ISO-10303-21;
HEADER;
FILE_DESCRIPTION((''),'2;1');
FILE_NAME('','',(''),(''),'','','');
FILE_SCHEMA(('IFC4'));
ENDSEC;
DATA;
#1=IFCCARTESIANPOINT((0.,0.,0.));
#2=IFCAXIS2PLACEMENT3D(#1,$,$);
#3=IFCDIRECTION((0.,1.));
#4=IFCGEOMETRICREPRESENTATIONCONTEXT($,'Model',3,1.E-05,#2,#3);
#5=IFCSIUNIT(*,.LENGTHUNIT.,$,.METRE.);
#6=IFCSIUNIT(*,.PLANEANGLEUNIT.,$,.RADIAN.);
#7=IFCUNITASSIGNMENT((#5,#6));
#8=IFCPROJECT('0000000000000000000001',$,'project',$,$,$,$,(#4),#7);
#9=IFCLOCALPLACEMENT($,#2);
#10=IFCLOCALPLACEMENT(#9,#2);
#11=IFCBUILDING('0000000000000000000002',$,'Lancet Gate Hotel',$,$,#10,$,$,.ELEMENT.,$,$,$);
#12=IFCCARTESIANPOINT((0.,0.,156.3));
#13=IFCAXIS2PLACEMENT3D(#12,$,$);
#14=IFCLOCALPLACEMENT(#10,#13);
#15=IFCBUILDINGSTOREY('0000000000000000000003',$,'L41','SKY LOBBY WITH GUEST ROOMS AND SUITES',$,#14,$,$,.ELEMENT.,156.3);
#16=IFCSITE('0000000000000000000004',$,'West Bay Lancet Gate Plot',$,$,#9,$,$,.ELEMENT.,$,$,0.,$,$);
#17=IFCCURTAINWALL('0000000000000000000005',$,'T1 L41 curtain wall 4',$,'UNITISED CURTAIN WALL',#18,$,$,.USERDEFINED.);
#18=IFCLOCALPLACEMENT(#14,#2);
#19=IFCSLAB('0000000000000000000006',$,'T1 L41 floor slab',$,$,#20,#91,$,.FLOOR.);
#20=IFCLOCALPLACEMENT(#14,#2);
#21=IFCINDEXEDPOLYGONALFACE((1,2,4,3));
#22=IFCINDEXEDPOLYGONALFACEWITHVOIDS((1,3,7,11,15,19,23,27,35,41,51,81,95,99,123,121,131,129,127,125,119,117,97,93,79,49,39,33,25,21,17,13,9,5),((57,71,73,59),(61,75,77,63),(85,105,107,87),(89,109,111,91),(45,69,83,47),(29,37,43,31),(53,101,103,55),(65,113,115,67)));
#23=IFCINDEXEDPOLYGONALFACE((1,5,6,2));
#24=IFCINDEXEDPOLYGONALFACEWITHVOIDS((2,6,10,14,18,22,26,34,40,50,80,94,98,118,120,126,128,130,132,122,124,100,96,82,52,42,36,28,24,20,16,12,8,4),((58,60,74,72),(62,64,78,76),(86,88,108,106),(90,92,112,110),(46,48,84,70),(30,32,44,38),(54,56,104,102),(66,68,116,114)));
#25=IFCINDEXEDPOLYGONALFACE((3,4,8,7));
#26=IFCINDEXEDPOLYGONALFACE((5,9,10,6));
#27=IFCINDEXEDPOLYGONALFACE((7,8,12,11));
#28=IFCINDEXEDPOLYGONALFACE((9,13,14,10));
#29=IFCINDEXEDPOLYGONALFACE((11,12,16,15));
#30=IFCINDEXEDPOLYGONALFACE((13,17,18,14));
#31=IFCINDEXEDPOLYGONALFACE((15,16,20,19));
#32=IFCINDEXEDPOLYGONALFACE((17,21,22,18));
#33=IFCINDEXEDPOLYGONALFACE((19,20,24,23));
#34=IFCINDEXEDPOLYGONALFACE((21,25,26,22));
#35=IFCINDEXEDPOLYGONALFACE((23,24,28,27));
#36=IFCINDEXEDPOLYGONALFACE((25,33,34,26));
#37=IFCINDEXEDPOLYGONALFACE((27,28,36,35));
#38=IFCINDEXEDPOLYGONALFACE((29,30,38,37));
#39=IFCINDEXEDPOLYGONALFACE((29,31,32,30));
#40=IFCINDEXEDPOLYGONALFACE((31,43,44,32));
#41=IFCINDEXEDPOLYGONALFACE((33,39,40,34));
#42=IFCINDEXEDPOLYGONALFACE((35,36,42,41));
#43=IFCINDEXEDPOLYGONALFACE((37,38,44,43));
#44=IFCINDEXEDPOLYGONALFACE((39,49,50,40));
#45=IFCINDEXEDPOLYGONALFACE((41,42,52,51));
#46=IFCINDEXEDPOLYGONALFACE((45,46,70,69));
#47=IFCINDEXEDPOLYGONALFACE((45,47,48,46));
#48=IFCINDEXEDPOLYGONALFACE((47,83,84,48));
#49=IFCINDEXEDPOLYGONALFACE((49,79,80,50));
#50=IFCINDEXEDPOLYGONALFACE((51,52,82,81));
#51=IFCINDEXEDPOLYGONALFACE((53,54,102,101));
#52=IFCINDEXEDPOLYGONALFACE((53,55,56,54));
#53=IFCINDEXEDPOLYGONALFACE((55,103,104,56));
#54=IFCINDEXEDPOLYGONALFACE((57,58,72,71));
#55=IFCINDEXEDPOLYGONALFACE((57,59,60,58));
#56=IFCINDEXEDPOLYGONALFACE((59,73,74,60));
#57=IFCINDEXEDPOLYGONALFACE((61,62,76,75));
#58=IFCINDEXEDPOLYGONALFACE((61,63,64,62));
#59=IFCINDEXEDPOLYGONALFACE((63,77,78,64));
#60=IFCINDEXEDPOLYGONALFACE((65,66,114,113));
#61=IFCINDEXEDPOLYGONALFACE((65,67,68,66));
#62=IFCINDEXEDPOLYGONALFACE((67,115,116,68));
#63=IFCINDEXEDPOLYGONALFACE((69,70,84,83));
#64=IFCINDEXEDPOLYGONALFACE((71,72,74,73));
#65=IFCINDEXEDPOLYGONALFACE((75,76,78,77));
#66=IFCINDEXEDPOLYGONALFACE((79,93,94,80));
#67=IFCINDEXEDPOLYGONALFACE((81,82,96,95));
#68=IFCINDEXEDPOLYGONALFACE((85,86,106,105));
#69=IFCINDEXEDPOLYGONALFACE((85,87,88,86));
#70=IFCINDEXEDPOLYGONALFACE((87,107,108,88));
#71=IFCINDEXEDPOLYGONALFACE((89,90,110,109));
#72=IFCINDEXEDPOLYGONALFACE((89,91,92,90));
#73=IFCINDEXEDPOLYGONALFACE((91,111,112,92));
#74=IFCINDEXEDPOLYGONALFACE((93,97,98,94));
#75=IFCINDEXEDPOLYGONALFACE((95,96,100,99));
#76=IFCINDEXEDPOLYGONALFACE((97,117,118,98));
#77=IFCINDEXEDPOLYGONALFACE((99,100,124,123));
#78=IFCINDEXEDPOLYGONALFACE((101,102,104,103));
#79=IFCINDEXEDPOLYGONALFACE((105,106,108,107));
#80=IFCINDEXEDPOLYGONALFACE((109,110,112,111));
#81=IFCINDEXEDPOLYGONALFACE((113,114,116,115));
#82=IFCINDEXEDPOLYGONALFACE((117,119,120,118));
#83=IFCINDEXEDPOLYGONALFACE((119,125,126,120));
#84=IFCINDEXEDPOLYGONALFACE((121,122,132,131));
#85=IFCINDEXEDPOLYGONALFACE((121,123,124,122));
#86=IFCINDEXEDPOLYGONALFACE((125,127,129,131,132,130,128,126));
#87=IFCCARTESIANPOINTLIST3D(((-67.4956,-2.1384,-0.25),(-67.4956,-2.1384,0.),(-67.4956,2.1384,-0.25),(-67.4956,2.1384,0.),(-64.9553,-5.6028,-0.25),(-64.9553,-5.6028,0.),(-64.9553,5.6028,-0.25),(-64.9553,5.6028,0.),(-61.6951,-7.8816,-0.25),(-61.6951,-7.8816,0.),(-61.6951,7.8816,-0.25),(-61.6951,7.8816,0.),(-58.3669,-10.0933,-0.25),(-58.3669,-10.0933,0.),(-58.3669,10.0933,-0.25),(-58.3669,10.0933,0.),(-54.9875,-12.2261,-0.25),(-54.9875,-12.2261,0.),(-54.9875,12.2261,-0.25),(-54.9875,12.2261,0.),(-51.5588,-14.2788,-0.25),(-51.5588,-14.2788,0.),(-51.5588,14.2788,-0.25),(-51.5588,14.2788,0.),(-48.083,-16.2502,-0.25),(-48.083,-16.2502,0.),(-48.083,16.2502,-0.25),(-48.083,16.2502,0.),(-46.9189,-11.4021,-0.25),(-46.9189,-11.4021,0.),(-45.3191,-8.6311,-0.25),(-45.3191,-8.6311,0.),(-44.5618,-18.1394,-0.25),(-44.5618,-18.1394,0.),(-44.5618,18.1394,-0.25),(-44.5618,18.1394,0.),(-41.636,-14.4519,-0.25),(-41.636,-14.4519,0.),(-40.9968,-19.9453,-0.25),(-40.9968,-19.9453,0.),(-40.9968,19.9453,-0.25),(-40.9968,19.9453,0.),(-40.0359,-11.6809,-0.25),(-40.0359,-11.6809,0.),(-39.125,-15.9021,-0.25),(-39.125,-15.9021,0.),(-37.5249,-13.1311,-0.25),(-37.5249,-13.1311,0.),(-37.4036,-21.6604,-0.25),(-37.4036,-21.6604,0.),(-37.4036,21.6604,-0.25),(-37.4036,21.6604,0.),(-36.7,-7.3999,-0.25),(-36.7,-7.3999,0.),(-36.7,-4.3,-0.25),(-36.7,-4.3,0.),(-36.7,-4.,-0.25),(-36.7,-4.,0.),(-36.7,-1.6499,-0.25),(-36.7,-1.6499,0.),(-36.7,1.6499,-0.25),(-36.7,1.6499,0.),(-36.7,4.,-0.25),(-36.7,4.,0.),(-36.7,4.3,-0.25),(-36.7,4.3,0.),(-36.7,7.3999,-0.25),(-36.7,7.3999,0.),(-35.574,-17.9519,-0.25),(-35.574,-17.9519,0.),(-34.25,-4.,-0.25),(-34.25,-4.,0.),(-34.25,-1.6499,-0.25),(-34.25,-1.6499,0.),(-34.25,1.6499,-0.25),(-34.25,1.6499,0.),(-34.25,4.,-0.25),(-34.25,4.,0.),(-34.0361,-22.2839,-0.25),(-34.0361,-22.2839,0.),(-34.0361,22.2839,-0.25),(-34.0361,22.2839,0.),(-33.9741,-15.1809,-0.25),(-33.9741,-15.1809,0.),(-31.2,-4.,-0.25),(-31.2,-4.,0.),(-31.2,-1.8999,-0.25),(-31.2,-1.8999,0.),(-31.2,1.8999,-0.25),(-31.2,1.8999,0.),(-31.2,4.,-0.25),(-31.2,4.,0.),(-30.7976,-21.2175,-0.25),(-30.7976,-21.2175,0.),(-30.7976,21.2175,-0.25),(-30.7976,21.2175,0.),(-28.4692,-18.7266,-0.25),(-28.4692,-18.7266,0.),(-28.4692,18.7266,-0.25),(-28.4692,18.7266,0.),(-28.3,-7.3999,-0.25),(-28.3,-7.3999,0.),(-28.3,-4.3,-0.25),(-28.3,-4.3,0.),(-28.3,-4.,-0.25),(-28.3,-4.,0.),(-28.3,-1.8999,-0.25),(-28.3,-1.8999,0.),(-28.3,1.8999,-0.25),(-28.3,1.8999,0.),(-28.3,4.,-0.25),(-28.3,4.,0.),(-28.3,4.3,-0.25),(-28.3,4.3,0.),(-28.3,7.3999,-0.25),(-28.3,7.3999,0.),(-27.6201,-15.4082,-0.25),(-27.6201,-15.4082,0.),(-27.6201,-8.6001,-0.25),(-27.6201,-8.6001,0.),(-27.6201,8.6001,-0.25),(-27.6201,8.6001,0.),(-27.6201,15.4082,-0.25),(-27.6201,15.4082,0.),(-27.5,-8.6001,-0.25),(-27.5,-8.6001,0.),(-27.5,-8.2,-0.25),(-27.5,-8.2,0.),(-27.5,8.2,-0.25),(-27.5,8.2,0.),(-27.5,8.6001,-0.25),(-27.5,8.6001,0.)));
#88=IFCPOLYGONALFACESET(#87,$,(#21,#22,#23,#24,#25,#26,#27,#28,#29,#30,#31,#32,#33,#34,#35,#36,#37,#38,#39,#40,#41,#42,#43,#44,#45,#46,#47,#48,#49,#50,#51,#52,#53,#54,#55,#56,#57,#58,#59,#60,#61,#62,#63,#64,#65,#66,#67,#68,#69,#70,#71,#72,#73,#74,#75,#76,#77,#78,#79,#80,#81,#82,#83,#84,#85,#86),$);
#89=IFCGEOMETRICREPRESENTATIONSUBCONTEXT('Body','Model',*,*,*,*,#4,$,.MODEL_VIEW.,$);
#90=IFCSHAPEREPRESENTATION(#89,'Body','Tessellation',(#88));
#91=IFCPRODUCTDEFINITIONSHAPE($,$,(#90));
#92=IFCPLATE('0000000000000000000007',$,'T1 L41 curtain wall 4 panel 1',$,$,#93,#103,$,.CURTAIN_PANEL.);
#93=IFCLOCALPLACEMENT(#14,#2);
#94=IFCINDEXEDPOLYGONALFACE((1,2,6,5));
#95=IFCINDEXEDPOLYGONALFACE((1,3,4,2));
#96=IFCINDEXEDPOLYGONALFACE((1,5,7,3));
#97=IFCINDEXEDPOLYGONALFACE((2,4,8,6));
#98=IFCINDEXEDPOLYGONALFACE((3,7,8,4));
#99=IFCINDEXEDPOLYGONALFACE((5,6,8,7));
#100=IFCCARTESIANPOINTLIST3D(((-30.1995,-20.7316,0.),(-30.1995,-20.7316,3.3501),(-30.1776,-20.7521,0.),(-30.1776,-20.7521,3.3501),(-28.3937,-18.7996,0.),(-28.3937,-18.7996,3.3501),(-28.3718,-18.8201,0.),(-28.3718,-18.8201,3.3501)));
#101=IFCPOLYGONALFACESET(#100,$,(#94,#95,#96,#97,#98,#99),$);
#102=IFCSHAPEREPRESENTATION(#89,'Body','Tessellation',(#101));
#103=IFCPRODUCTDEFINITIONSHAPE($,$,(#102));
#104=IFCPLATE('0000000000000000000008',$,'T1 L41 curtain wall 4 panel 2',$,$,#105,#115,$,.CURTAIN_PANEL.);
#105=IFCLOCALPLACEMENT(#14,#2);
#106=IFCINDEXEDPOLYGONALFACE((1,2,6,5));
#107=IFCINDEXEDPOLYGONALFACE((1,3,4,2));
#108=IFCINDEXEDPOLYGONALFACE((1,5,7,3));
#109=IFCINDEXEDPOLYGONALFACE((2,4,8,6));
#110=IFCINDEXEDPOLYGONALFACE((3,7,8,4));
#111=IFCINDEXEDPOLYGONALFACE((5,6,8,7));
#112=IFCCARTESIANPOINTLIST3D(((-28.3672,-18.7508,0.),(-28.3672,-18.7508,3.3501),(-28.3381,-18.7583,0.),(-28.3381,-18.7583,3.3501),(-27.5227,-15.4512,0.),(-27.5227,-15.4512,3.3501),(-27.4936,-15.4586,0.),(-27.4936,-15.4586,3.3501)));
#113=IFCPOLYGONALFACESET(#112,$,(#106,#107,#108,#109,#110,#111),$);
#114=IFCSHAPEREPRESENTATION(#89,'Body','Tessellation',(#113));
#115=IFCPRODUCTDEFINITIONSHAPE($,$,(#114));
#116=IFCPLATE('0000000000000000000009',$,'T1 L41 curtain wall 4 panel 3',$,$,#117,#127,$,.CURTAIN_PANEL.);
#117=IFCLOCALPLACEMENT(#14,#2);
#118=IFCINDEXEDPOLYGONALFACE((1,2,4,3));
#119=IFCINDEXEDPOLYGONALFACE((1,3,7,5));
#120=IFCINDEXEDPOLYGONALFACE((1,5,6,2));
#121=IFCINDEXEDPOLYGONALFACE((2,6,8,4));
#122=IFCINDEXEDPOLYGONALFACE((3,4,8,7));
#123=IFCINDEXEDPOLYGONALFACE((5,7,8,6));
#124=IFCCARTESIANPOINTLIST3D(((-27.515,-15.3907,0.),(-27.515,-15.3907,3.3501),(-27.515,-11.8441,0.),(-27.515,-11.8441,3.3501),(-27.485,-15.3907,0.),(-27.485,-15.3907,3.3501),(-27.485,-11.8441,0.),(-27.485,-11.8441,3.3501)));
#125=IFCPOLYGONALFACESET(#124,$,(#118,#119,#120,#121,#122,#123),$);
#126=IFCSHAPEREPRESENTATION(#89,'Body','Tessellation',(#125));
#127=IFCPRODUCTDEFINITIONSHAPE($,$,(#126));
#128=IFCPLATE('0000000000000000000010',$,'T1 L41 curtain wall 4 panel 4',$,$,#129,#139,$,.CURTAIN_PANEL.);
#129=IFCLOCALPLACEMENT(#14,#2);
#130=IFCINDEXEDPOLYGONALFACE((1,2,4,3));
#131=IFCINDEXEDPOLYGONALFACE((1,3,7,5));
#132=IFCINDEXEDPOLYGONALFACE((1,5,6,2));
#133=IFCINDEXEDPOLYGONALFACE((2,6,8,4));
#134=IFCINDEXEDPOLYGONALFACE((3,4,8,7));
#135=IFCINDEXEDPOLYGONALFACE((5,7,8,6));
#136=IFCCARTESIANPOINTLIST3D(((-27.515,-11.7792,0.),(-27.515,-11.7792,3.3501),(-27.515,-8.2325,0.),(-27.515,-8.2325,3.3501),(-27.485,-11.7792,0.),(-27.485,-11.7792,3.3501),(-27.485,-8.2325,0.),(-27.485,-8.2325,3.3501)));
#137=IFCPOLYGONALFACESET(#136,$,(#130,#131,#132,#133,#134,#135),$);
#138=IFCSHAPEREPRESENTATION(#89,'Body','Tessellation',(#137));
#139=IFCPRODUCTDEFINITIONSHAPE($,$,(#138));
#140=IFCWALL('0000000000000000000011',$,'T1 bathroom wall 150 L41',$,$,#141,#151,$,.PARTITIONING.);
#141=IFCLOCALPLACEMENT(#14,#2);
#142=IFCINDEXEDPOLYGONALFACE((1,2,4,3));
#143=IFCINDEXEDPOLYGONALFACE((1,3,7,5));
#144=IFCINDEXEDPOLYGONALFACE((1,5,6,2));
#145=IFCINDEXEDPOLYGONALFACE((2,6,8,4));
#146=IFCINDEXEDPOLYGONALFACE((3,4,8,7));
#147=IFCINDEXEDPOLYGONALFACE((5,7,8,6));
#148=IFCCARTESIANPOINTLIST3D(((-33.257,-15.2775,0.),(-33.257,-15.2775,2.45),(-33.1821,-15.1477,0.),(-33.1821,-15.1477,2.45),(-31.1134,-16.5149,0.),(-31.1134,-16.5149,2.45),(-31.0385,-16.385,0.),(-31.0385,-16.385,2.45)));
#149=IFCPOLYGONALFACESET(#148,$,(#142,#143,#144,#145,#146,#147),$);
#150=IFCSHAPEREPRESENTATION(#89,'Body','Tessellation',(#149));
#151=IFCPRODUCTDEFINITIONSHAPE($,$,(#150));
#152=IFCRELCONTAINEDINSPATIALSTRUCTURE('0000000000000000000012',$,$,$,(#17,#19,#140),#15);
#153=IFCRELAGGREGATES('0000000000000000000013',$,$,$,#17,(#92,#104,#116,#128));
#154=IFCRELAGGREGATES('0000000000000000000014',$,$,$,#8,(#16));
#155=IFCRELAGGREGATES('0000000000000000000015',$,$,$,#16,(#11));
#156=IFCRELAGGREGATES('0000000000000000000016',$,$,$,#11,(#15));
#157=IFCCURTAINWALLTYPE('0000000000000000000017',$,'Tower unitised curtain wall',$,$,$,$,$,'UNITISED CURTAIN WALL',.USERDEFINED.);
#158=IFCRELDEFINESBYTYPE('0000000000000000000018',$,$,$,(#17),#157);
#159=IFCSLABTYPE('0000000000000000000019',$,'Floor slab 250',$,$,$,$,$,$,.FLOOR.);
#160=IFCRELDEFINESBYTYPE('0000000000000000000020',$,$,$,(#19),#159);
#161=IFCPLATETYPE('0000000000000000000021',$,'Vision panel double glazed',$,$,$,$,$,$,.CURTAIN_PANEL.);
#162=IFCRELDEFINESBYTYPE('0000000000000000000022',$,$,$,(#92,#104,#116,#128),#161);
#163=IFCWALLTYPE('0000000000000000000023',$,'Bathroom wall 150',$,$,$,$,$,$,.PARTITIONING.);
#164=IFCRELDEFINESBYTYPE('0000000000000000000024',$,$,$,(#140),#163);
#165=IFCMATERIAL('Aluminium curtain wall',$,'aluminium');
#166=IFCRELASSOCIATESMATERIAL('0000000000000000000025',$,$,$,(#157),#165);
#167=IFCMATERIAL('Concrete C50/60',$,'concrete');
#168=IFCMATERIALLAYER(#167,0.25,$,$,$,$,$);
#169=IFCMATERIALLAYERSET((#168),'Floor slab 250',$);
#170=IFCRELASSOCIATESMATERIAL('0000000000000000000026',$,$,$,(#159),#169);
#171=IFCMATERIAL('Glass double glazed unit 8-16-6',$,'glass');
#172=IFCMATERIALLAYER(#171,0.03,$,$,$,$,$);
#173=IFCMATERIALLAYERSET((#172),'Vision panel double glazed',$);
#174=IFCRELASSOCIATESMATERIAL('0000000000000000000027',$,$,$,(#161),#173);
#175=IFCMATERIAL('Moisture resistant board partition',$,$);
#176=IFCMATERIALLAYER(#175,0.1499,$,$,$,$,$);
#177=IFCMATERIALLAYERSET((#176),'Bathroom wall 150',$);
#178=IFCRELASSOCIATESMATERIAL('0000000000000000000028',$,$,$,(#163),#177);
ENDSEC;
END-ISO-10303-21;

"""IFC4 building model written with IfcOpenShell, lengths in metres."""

from ifc_helpers import new_model, si_unit, direction, frame, frame_2d, origin, origin_2d, place, context, subcontext, project, spatial, polyline, rectangle, outline, extrude, material, layer, layer_set, type_object, element, aggregate, save


model = new_model("IFC4")

# Units and contexts
model_context = context("Model", 3, precision=1e-05, world=origin(), true_north=direction((0.0, 1.0)))
body_context = subcontext(model_context, "Body", "Model", "MODEL_VIEW")
ifc_project = project(units=[si_unit("LENGTHUNIT", "METRE"), si_unit("PLANEANGLEUNIT", "RADIAN")], contexts=[model_context])

# Site, building, storey
site_placement = place(None, origin())
site = spatial("IfcSite", under=ifc_project, at=site_placement, Name="West Bay Lancet Gate Plot", CompositionType="ELEMENT", RefElevation=0.0)
building_placement = place(site_placement, origin())
building = spatial("IfcBuilding", under=site, at=building_placement, Name="Lancet Gate Hotel", CompositionType="ELEMENT")
storey_placement = place(building_placement, frame((0.0, 0.0, 156.3)))
storey = spatial("IfcBuildingStorey", under=building, at=storey_placement, Name="L41", Description="SKY LOBBY WITH GUEST ROOMS AND SUITES", CompositionType="ELEMENT", Elevation=156.3)

# Curtain wall
ifc_material_1 = material(Name="Aluminium curtain wall", Category="aluminium")
curtain_wall_type = type_object("IfcCurtainWallType", Name="Tower unitised curtain wall", ElementType="UNITISED CURTAIN WALL", PredefinedType="USERDEFINED", material=ifc_material_1)
curtain_wall_placement = place(storey_placement, origin())
curtain_wall = element("IfcCurtainWall", 1, at=curtain_wall_placement, inside=storey, type_object=curtain_wall_type, Name="T1 L41 curtain wall 4", ObjectType="UNITISED CURTAIN WALL", PredefinedType="USERDEFINED")

# Slab
ifc_material_2 = material(Name="Concrete C50/60", Category="concrete")
ifc_layer_1 = layer(ifc_material_2, 0.25)
ifc_layer_set_1 = layer_set([ifc_layer_1], Name="Floor slab 250")
slab_type = type_object("IfcSlabType", Name="Floor slab 250", PredefinedType="FLOOR", material=ifc_layer_set_1)
slab_placement = place(storey_placement, frame((0.0, 0.0, -0.25)))
element("IfcSlab", 2, at=slab_placement, inside=storey, type_object=slab_type, Name="T1 L41 floor slab", PredefinedType="FLOOR", context=body_context, shape_type="SweptSolid", body=[
    extrude(outline(polyline([(-27.5, 8.6001), (-27.6201, 8.6001), (-27.6201, 15.4082), (-28.4692, 18.7266), (-30.7976, 21.2175), (-34.0361, 22.2839), (-37.4036, 21.6604), (-40.9968, 19.9453), (-44.5618, 18.1394), (-48.083, 16.2502), (-51.5588, 14.2788), (-54.9875, 12.2261), (-58.3669, 10.0933), (-61.6951, 7.8816), (-64.9553, 5.6028), (-67.4956, 2.1384), (-67.4956, -2.1384), (-64.9553, -5.6028), (-61.6951, -7.8816), (-58.3669, -10.0933), (-54.9875, -12.2261), (-51.5588, -14.2788), (-48.083, -16.2502), (-44.5618, -18.1394), (-40.9968, -19.9453), (-37.4036, -21.6604), (-34.0361, -22.2839), (-30.7976, -21.2175), (-28.4692, -18.7266), (-27.6201, -15.4082), (-27.6201, -8.6001), (-27.5, -8.6001), (-27.5, -8.2), (-27.5, 8.2), (-27.5, 8.6001)]), holes=[polyline([(-36.7, 7.3999), (-36.7, 4.3), (-28.3, 4.3), (-28.3, 7.3999), (-36.7, 7.3999)]), polyline([(-28.3, 4.0), (-31.2, 4.0), (-31.2, 1.8999), (-28.3, 1.8999), (-28.3, 4.0)]), polyline([(-34.25, 4.0), (-36.7, 4.0), (-36.7, 1.6499), (-34.25, 1.6499), (-34.25, 4.0)]), polyline([(-36.7, -1.6499), (-36.7, -4.0), (-34.25, -4.0), (-34.25, -1.6499), (-36.7, -1.6499)]), polyline([(-28.3, -1.8999), (-31.2, -1.8999), (-31.2, -4.0), (-28.3, -4.0), (-28.3, -1.8999)]), polyline([(-28.3, -4.3), (-36.7, -4.3), (-36.7, -7.3999), (-28.3, -7.3999), (-28.3, -4.3)]), polyline([(-40.0359, -11.6809), (-45.3191, -8.6311), (-46.9189, -11.4021), (-41.636, -14.4519), (-40.0359, -11.6809)]), polyline([(-33.9741, -15.1809), (-37.5249, -13.1311), (-39.125, -15.9021), (-35.574, -17.9519), (-33.9741, -15.1809)])]), origin(), (0.0, 0.0, 1.0), 0.25),
])

# Plates
ifc_material_3 = material(Name="Glass double glazed unit 8-16-6", Category="glass")
ifc_layer_2 = layer(ifc_material_3, 0.03)
ifc_layer_set_2 = layer_set([ifc_layer_2], Name="Vision panel double glazed")
plate_type = type_object("IfcPlateType", Name="Vision panel double glazed", PredefinedType="CURTAIN_PANEL", material=ifc_layer_set_2)
plate_1_placement = place(storey_placement, frame((-29.2856, -19.7759, 0.0), z_axis=(0.0, 0.0, 1.0), x_axis=(0.682845, 0.730563, 0.0)))
plate_1 = element("IfcPlate", 3, at=plate_1_placement, type_object=plate_type, Name="T1 L41 curtain wall 4 panel 1", PredefinedType="CURTAIN_PANEL", context=body_context, shape_type="SweptSolid", body=[
    extrude(rectangle(XDim=2.6445, YDim=0.03, at=origin_2d()), origin(), (0.0, 0.0, 1.0), 3.3501),
])
plate_2_placement = place(storey_placement, frame((-27.9304, -17.1047, 0.0), z_axis=(0.0, 0.0, 1.0), x_axis=(0.247937, 0.968776, 0.0)))
plate_2 = element("IfcPlate", 4, at=plate_2_placement, type_object=plate_type, Name="T1 L41 curtain wall 4 panel 2", PredefinedType="CURTAIN_PANEL", context=body_context, shape_type="SweptSolid", body=[
    extrude(rectangle(XDim=3.406, YDim=0.03, at=origin_2d()), origin(), (0.0, 0.0, 1.0), 3.3501),
])
plate_3_placement = place(storey_placement, frame((-27.5, -13.6174, 0.0), z_axis=(0.0, 0.0, 1.0), x_axis=(0.0, 1.0, 0.0)))
plate_3 = element("IfcPlate", 5, at=plate_3_placement, type_object=plate_type, Name="T1 L41 curtain wall 4 panel 3", PredefinedType="CURTAIN_PANEL", context=body_context, shape_type="SweptSolid", body=[
    extrude(rectangle(XDim=3.5466, YDim=0.03, at=origin_2d()), origin(), (0.0, 0.0, 1.0), 3.3501),
])
plate_4_placement = place(storey_placement, frame((-27.5, -10.0059, 0.0), z_axis=(0.0, 0.0, 1.0), x_axis=(0.0, 1.0, 0.0)))
plate_4 = element("IfcPlate", 6, at=plate_4_placement, type_object=plate_type, Name="T1 L41 curtain wall 4 panel 4", PredefinedType="CURTAIN_PANEL", context=body_context, shape_type="SweptSolid", body=[
    extrude(rectangle(XDim=3.5466, YDim=0.03, at=origin_2d()), origin(), (0.0, 0.0, 1.0), 3.3501),
])
aggregate(curtain_wall, [plate_1, plate_2, plate_3, plate_4])

# Wall
ifc_material_4 = material(Name="Moisture resistant board partition")
ifc_layer_3 = layer(ifc_material_4, 0.1499)
ifc_layer_set_3 = layer_set([ifc_layer_3], Name="Bathroom wall 150")
wall_type_1 = type_object("IfcWallType", Name="Bathroom wall 150", PredefinedType="PARTITIONING", material=ifc_layer_set_3)
wall_1_placement = place(storey_placement, frame((-31.0759, -16.45, 0.0), z_axis=(0.0, 0.0, 1.0), x_axis=(-0.866074, 0.499916, 0.0)))
element("IfcWall", 7, at=wall_1_placement, inside=storey, type_object=wall_type_1, Name="T1 bathroom wall 150 L41", PredefinedType="PARTITIONING", context=body_context, shape_type="SweptSolid", body=[
    extrude(rectangle(XDim=2.4751, YDim=0.1499, at=frame_2d((1.2375, 0.0))), origin(), (0.0, 0.0, 1.0), 2.45),
])

save(model, "model.ifc")
